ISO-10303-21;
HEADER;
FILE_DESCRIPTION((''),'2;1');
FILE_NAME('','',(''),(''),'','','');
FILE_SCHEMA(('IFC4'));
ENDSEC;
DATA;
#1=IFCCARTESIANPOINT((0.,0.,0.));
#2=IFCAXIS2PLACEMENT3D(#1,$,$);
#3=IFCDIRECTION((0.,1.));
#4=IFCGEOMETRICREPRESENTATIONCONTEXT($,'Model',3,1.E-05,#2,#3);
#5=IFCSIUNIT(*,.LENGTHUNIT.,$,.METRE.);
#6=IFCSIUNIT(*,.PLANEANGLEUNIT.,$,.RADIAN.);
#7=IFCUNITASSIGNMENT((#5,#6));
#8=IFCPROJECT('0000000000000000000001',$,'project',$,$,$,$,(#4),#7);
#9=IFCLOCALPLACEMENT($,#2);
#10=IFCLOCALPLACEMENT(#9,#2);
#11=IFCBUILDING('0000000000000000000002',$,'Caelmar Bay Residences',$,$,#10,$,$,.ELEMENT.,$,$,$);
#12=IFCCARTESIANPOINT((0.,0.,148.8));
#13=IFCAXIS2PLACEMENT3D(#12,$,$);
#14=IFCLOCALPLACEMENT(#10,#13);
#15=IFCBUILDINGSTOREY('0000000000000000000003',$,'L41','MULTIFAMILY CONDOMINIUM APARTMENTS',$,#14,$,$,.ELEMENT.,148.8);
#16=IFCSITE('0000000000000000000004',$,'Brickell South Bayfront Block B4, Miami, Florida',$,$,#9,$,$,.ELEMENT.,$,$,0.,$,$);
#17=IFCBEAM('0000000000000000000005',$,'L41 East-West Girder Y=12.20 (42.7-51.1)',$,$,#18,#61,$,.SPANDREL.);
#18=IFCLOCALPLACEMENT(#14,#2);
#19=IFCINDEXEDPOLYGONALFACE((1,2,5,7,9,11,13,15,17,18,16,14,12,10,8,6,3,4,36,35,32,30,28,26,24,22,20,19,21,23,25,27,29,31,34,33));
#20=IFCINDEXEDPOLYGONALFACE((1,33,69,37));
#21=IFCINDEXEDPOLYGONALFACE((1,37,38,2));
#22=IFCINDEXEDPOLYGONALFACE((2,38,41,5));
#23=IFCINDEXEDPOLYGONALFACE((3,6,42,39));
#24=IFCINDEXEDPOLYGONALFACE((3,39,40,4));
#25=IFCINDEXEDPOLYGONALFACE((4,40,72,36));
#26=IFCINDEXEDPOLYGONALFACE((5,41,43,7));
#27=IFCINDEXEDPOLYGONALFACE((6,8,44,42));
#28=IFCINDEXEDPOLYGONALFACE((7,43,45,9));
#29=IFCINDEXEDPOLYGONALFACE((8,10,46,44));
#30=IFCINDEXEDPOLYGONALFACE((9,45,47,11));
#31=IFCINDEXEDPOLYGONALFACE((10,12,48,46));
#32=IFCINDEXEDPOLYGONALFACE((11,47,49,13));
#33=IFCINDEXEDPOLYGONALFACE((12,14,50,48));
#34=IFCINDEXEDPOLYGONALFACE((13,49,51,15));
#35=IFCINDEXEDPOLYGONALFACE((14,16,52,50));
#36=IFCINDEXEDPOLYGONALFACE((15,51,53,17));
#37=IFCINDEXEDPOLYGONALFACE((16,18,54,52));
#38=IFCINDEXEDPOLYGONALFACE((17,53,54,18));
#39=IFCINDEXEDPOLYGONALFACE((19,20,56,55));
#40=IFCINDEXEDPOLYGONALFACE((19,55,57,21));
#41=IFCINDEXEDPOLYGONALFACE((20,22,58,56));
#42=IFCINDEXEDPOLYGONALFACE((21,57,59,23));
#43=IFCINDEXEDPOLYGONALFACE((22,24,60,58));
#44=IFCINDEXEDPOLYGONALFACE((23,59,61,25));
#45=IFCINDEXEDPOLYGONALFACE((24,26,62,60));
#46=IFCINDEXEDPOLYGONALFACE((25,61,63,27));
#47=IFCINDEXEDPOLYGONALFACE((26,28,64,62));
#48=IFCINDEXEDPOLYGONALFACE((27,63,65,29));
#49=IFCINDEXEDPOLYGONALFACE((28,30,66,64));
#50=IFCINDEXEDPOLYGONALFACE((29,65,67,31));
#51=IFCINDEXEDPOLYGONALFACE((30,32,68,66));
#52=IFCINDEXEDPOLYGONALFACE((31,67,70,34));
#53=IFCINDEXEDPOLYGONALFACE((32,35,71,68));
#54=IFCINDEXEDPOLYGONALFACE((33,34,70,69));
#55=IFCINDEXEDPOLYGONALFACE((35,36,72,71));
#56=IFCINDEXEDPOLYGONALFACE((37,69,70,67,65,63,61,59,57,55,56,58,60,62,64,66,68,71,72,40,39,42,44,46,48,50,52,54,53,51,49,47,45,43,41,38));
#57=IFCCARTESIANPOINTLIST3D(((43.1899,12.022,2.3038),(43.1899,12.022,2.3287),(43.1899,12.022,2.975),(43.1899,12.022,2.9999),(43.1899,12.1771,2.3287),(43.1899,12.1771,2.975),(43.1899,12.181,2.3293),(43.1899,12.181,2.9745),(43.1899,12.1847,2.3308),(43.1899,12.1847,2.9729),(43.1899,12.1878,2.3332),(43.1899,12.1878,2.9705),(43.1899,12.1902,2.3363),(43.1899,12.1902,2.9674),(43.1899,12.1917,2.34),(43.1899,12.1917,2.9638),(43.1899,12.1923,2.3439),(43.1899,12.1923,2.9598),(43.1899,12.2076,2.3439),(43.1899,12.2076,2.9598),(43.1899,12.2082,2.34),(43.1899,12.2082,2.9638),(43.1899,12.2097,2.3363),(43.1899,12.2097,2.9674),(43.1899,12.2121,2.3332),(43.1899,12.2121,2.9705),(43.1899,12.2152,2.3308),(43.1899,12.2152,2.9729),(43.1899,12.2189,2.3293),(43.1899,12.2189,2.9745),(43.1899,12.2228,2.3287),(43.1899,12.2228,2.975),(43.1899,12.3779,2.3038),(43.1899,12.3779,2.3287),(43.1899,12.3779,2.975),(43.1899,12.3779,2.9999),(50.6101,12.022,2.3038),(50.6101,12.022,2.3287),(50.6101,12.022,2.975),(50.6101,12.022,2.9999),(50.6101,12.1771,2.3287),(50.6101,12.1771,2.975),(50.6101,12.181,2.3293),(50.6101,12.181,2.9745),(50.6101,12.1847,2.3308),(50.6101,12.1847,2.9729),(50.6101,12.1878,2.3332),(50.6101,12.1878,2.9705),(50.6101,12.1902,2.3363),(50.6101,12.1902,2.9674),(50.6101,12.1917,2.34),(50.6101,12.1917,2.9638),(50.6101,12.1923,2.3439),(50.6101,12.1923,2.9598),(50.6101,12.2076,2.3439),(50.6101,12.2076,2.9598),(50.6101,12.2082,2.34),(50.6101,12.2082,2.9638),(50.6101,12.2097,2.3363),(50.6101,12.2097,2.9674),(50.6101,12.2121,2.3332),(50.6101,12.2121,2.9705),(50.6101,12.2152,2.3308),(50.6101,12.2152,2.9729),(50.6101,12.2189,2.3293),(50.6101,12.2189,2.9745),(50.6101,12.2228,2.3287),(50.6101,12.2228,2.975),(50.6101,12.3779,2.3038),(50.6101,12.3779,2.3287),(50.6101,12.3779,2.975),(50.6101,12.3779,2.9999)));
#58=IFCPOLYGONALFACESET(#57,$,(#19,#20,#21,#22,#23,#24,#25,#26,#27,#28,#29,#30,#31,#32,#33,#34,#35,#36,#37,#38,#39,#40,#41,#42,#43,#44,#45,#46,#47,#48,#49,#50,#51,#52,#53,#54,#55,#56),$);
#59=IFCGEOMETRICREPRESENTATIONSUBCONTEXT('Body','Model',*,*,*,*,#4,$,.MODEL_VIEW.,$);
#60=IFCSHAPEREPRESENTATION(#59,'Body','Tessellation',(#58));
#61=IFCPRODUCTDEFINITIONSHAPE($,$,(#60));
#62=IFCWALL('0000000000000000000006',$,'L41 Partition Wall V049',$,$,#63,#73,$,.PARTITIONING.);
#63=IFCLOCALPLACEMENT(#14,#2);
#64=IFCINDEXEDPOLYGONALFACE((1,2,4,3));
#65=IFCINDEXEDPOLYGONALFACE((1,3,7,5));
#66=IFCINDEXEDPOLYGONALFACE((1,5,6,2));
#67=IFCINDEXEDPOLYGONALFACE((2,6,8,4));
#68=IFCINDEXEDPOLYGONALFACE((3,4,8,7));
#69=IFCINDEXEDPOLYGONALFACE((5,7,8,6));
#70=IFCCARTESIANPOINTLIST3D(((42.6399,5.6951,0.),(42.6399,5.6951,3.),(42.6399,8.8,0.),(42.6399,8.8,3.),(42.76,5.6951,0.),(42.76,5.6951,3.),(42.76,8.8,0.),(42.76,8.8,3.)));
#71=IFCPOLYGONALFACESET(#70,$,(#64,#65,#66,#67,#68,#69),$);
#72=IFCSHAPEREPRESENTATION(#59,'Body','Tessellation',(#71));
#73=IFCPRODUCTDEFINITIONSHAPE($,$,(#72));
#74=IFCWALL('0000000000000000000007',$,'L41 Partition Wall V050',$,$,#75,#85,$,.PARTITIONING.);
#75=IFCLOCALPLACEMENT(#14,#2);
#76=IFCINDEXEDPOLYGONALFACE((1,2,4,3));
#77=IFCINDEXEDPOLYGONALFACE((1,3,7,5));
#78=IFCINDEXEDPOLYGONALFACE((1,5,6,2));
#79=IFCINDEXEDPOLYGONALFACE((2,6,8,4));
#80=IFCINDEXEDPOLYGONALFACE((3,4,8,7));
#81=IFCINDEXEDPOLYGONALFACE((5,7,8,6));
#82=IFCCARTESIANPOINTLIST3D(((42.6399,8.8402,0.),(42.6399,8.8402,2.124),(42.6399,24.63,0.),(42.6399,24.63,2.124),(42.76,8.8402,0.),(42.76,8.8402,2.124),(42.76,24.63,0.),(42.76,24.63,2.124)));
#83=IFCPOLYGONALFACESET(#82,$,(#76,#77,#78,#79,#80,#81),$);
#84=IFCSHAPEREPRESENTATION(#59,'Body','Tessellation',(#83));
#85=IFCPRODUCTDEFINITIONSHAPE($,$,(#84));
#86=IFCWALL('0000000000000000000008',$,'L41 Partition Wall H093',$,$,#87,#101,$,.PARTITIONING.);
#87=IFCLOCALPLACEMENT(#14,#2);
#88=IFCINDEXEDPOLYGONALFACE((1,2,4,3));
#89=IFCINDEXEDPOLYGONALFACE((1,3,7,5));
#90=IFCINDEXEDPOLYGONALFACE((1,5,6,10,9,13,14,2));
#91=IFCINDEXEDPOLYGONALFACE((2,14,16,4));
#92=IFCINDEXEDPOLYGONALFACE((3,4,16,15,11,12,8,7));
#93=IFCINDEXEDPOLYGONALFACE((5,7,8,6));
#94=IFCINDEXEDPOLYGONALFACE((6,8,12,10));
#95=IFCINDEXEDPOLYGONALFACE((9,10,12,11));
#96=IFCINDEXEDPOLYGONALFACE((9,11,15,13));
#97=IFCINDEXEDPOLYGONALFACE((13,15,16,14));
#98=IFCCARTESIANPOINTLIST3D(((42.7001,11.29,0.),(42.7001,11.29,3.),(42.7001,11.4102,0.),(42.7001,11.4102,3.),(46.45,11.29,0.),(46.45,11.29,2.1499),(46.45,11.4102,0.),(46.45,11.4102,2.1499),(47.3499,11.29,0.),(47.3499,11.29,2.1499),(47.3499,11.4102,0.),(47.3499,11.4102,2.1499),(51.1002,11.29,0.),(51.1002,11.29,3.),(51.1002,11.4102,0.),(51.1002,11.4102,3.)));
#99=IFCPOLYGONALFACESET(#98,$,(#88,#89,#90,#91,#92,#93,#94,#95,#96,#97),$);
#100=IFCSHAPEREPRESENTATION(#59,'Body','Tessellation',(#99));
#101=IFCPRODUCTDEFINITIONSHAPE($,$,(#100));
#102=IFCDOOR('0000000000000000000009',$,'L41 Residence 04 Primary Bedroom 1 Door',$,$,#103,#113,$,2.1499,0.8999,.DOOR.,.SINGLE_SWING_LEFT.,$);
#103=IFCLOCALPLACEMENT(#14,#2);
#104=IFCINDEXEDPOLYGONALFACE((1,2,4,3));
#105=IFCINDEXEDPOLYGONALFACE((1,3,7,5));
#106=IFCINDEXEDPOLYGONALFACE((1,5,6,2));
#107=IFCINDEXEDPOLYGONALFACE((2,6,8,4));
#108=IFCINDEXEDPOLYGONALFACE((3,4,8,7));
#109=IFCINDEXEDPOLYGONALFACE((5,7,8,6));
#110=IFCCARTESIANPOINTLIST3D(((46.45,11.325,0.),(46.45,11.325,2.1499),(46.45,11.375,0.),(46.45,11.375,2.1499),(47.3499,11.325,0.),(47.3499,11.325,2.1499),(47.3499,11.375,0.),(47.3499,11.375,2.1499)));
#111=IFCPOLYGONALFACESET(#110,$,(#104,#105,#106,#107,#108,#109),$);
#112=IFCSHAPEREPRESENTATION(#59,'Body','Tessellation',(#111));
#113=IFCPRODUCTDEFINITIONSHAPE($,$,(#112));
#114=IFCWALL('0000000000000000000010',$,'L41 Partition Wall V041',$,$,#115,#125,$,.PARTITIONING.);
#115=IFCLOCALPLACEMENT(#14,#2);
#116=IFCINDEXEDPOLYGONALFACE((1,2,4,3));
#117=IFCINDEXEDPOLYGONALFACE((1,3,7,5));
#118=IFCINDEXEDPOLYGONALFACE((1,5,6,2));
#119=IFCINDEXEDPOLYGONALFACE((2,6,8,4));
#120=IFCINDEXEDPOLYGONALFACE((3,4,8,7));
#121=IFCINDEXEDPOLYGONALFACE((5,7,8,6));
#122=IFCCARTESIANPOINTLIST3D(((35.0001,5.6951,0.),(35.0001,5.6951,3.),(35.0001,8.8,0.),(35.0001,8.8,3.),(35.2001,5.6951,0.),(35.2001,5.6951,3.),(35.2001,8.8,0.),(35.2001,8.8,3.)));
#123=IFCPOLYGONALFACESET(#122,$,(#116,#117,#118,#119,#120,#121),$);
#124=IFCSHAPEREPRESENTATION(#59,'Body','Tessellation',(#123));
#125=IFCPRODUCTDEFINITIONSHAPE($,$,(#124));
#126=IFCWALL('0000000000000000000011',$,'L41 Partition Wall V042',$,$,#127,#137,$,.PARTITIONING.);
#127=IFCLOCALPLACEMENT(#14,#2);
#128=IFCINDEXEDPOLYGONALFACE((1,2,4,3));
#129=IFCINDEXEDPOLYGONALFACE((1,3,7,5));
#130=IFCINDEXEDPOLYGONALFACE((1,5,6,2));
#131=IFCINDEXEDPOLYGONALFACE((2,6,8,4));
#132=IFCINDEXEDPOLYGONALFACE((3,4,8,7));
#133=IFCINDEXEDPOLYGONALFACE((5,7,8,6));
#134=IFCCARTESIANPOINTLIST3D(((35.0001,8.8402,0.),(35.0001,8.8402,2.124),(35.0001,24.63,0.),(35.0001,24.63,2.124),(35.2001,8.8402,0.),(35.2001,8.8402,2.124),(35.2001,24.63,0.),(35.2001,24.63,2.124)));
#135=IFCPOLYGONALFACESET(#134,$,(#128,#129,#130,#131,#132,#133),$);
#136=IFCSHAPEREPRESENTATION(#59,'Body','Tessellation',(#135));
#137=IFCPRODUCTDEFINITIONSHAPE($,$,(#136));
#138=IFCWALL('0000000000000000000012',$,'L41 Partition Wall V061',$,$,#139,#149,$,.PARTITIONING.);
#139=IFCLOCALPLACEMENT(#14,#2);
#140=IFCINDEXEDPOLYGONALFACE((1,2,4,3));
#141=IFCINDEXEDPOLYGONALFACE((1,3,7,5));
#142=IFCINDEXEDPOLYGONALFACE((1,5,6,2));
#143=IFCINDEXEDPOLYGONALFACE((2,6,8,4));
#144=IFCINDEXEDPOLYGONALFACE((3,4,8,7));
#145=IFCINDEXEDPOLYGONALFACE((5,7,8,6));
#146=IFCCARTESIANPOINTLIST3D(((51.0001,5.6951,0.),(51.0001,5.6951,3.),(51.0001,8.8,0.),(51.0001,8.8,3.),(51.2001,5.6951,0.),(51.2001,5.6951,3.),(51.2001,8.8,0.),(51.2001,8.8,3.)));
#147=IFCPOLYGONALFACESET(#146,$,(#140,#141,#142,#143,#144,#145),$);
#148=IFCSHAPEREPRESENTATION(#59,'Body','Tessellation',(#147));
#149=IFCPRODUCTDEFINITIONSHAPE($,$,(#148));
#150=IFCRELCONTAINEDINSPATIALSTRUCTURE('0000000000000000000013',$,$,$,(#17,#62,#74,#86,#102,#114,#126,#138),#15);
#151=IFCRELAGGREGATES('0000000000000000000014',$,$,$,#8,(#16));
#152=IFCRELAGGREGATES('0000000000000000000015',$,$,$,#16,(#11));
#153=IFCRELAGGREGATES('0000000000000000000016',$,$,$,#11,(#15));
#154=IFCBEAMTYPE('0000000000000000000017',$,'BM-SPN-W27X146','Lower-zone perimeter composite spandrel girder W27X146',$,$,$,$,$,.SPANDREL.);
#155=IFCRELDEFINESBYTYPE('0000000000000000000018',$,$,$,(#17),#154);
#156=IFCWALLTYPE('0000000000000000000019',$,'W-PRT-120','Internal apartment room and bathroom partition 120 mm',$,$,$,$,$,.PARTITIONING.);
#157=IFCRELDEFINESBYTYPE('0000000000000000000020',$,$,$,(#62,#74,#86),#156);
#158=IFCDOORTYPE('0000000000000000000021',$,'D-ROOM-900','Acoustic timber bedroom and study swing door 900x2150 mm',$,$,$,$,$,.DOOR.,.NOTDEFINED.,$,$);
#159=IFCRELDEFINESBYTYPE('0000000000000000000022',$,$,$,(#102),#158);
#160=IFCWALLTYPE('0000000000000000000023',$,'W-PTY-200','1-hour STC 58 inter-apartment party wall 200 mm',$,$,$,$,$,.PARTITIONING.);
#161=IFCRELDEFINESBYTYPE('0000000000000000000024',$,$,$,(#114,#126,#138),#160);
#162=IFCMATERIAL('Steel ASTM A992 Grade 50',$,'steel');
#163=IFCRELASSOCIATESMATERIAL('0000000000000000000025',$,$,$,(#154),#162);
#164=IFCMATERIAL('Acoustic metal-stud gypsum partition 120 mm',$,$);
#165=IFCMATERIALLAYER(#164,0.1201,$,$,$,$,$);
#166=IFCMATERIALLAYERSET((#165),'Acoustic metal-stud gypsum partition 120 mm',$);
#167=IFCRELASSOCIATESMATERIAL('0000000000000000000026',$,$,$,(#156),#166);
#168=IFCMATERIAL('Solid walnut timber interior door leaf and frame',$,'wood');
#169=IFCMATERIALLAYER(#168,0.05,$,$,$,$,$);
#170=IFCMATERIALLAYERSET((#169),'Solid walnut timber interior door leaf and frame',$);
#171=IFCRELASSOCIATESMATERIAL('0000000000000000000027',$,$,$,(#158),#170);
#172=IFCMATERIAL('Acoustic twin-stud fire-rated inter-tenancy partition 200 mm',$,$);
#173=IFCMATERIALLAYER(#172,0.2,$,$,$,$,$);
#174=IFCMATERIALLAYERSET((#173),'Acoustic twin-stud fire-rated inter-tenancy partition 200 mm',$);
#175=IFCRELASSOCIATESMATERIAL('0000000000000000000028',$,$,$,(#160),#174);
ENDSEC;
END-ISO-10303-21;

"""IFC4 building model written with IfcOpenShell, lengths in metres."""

from ifc_helpers import new_model, si_unit, direction, frame, frame_2d, origin, origin_2d, place, context, subcontext, project, spatial, rectangle, i_section, extrude, material, layer, layer_set, material_profile, profile_set, type_object, element, fill, save


model = new_model("IFC4")

# Units and contexts
model_context = context("Model", 3, precision=1e-05, world=origin(), true_north=direction((0.0, 1.0)))
body_context = subcontext(model_context, "Body", "Model", "MODEL_VIEW")
ifc_project = project(units=[si_unit("LENGTHUNIT", "METRE"), si_unit("PLANEANGLEUNIT", "RADIAN")], contexts=[model_context])

# Site, building, storey
site_placement = place(None, origin())
site = spatial("IfcSite", under=ifc_project, at=site_placement, Name="Brickell South Bayfront Block B4, Miami, Florida", CompositionType="ELEMENT", RefElevation=0.0)
building_placement = place(site_placement, origin())
building = spatial("IfcBuilding", under=site, at=building_placement, Name="Caelmar Bay Residences", CompositionType="ELEMENT")
storey_placement = place(building_placement, frame((0.0, 0.0, 148.8)))
storey = spatial("IfcBuildingStorey", under=building, at=storey_placement, Name="L41", Description="MULTIFAMILY CONDOMINIUM APARTMENTS", CompositionType="ELEMENT", Elevation=148.8)

# Beam
ifc_material_1 = material(Name="Steel ASTM A992 Grade 50", Category="steel")
ifc_material_profile_1 = material_profile(ifc_material_1, i_section(OverallWidth=0.356, OverallDepth=0.696, WebThickness=0.0154, FlangeThickness=0.0249, FilletRadius=0.0151, at=origin_2d()), Name="W27X146")
ifc_profile_set_1 = profile_set([ifc_material_profile_1], Name="Steel ASTM A992 Grade 50")
beam_type_1 = type_object("IfcBeamType", Name="BM-SPN-W27X146", Description="Lower-zone perimeter composite spandrel girder W27X146", PredefinedType="SPANDREL", material=ifc_profile_set_1)
beam_1_placement = place(storey_placement, frame((43.1899, 12.2, 2.6519), z_axis=(1.0, 0.0, 0.0), x_axis=(0.0, 1.0, 0.0)))
element("IfcBeam", 1, at=beam_1_placement, inside=storey, type_object=beam_type_1, Name="L41 East-West Girder Y=12.20 (42.7-51.1)", PredefinedType="SPANDREL", context=body_context, shape_type="SweptSolid", body=[
    extrude(i_section(OverallWidth=0.356, OverallDepth=0.696, WebThickness=0.0154, FlangeThickness=0.0249, FilletRadius=0.0151, at=origin_2d()), origin(), (0.0, 0.0, 1.0), 7.4202),
])

# Walls
ifc_material_2 = material(Name="Acoustic metal-stud gypsum partition 120 mm")
ifc_layer_1 = layer(ifc_material_2, 0.1201)
ifc_layer_set_1 = layer_set([ifc_layer_1], Name="Acoustic metal-stud gypsum partition 120 mm")
wall_type_1 = type_object("IfcWallType", Name="W-PRT-120", Description="Internal apartment room and bathroom partition 120 mm", PredefinedType="PARTITIONING", material=ifc_layer_set_1)
wall_1_placement = place(storey_placement, frame((42.7, 5.6951, 0.0), z_axis=(0.0, 0.0, 1.0), x_axis=(0.0, 1.0, 0.0)))
element("IfcWall", 2, at=wall_1_placement, inside=storey, type_object=wall_type_1, Name="L41 Partition Wall V049", PredefinedType="PARTITIONING", context=body_context, shape_type="SweptSolid", body=[
    extrude(rectangle(XDim=3.105, YDim=0.1201, at=frame_2d((1.5525, 0.0))), origin(), (0.0, 0.0, 1.0), 3.0),
])
wall_2_placement = place(storey_placement, frame((42.7, 8.8401, 0.0), z_axis=(0.0, 0.0, 1.0), x_axis=(0.0, 1.0, 0.0)))
element("IfcWall", 3, at=wall_2_placement, inside=storey, type_object=wall_type_1, Name="L41 Partition Wall V050", PredefinedType="PARTITIONING", context=body_context, shape_type="SweptSolid", body=[
    extrude(rectangle(XDim=15.7898, YDim=0.1201, at=frame_2d((7.895, 0.0))), origin(), (0.0, 0.0, 1.0), 2.124),
])

# Wall, opening, door
wall_3_placement = place(storey_placement, frame((42.7, 11.3501, 0.0), z_axis=(0.0, 0.0, 1.0), x_axis=(1.0, 0.0, 0.0)))
wall_3 = element("IfcWall", 4, at=wall_3_placement, inside=storey, type_object=wall_type_1, Name="L41 Partition Wall H093", PredefinedType="PARTITIONING", context=body_context, shape_type="SweptSolid", body=[
    extrude(rectangle(XDim=8.4001, YDim=0.1201, at=frame_2d((4.2002, 0.0))), origin(), (0.0, 0.0, 1.0), 3.0),
])
opening_placement = place(wall_3_placement, frame((3.75, 0.0, 0.0)))
opening = element("IfcOpeningElement", 5, at=opening_placement, cuts=wall_3, PredefinedType="OPENING", context=body_context, shape_type="SweptSolid", body=[
    extrude(rectangle(XDim=0.8999, YDim=2.1499, at=frame_2d((0.45, 1.075))), frame((0.0, 0.0701, 0.0), z_axis=(0.0, -1.0, 0.0), x_axis=(1.0, 0.0, 0.0)), (0.0, 0.0, 1.0), 0.1401),
])
ifc_material_3 = material(Name="Solid walnut timber interior door leaf and frame", Category="wood")
ifc_layer_2 = layer(ifc_material_3, 0.05)
ifc_layer_set_2 = layer_set([ifc_layer_2], Name="Solid walnut timber interior door leaf and frame")
door_type = type_object("IfcDoorType", Name="D-ROOM-900", Description="Acoustic timber bedroom and study swing door 900x2150 mm", OperationType="NOTDEFINED", PredefinedType="DOOR", material=ifc_layer_set_2)
door_placement = place(opening_placement, origin())
door = element("IfcDoor", 6, at=door_placement, inside=storey, type_object=door_type, Name="L41 Residence 04 Primary Bedroom 1 Door", OperationType="SINGLE_SWING_LEFT", OverallHeight=2.1499, OverallWidth=0.8999, PredefinedType="DOOR", context=body_context, shape_type="SweptSolid", body=[
    extrude(rectangle(XDim=0.8999, YDim=2.1499, at=frame_2d((0.45, 1.075))), frame((0.0, 0.0249, 0.0), z_axis=(0.0, -1.0, 0.0), x_axis=(1.0, 0.0, 0.0)), (0.0, 0.0, 1.0), 0.05),
])
fill(opening, door)

# Walls
ifc_material_4 = material(Name="Acoustic twin-stud fire-rated inter-tenancy partition 200 mm")
ifc_layer_3 = layer(ifc_material_4, 0.2)
ifc_layer_set_3 = layer_set([ifc_layer_3], Name="Acoustic twin-stud fire-rated inter-tenancy partition 200 mm")
wall_type_2 = type_object("IfcWallType", Name="W-PTY-200", Description="1-hour STC 58 inter-apartment party wall 200 mm", PredefinedType="PARTITIONING", material=ifc_layer_set_3)
wall_4_placement = place(storey_placement, frame((35.1001, 5.6951, 0.0), z_axis=(0.0, 0.0, 1.0), x_axis=(0.0, 1.0, 0.0)))
element("IfcWall", 7, at=wall_4_placement, inside=storey, type_object=wall_type_2, Name="L41 Partition Wall V041", PredefinedType="PARTITIONING", context=body_context, shape_type="SweptSolid", body=[
    extrude(rectangle(XDim=3.105, YDim=0.2, at=frame_2d((1.5525, 0.0))), origin(), (0.0, 0.0, 1.0), 3.0),
])
wall_5_placement = place(storey_placement, frame((35.1001, 8.8401, 0.0), z_axis=(0.0, 0.0, 1.0), x_axis=(0.0, 1.0, 0.0)))
element("IfcWall", 8, at=wall_5_placement, inside=storey, type_object=wall_type_2, Name="L41 Partition Wall V042", PredefinedType="PARTITIONING", context=body_context, shape_type="SweptSolid", body=[
    extrude(rectangle(XDim=15.7898, YDim=0.2, at=frame_2d((7.895, 0.0))), origin(), (0.0, 0.0, 1.0), 2.124),
])
wall_6_placement = place(storey_placement, frame((51.1001, 5.6951, 0.0), z_axis=(0.0, 0.0, 1.0), x_axis=(0.0, 1.0, 0.0)))
element("IfcWall", 9, at=wall_6_placement, inside=storey, type_object=wall_type_2, Name="L41 Partition Wall V061", PredefinedType="PARTITIONING", context=body_context, shape_type="SweptSolid", body=[
    extrude(rectangle(XDim=3.105, YDim=0.2, at=frame_2d((1.5525, 0.0))), origin(), (0.0, 0.0, 1.0), 3.0),
])

save(model, "model.ifc")
